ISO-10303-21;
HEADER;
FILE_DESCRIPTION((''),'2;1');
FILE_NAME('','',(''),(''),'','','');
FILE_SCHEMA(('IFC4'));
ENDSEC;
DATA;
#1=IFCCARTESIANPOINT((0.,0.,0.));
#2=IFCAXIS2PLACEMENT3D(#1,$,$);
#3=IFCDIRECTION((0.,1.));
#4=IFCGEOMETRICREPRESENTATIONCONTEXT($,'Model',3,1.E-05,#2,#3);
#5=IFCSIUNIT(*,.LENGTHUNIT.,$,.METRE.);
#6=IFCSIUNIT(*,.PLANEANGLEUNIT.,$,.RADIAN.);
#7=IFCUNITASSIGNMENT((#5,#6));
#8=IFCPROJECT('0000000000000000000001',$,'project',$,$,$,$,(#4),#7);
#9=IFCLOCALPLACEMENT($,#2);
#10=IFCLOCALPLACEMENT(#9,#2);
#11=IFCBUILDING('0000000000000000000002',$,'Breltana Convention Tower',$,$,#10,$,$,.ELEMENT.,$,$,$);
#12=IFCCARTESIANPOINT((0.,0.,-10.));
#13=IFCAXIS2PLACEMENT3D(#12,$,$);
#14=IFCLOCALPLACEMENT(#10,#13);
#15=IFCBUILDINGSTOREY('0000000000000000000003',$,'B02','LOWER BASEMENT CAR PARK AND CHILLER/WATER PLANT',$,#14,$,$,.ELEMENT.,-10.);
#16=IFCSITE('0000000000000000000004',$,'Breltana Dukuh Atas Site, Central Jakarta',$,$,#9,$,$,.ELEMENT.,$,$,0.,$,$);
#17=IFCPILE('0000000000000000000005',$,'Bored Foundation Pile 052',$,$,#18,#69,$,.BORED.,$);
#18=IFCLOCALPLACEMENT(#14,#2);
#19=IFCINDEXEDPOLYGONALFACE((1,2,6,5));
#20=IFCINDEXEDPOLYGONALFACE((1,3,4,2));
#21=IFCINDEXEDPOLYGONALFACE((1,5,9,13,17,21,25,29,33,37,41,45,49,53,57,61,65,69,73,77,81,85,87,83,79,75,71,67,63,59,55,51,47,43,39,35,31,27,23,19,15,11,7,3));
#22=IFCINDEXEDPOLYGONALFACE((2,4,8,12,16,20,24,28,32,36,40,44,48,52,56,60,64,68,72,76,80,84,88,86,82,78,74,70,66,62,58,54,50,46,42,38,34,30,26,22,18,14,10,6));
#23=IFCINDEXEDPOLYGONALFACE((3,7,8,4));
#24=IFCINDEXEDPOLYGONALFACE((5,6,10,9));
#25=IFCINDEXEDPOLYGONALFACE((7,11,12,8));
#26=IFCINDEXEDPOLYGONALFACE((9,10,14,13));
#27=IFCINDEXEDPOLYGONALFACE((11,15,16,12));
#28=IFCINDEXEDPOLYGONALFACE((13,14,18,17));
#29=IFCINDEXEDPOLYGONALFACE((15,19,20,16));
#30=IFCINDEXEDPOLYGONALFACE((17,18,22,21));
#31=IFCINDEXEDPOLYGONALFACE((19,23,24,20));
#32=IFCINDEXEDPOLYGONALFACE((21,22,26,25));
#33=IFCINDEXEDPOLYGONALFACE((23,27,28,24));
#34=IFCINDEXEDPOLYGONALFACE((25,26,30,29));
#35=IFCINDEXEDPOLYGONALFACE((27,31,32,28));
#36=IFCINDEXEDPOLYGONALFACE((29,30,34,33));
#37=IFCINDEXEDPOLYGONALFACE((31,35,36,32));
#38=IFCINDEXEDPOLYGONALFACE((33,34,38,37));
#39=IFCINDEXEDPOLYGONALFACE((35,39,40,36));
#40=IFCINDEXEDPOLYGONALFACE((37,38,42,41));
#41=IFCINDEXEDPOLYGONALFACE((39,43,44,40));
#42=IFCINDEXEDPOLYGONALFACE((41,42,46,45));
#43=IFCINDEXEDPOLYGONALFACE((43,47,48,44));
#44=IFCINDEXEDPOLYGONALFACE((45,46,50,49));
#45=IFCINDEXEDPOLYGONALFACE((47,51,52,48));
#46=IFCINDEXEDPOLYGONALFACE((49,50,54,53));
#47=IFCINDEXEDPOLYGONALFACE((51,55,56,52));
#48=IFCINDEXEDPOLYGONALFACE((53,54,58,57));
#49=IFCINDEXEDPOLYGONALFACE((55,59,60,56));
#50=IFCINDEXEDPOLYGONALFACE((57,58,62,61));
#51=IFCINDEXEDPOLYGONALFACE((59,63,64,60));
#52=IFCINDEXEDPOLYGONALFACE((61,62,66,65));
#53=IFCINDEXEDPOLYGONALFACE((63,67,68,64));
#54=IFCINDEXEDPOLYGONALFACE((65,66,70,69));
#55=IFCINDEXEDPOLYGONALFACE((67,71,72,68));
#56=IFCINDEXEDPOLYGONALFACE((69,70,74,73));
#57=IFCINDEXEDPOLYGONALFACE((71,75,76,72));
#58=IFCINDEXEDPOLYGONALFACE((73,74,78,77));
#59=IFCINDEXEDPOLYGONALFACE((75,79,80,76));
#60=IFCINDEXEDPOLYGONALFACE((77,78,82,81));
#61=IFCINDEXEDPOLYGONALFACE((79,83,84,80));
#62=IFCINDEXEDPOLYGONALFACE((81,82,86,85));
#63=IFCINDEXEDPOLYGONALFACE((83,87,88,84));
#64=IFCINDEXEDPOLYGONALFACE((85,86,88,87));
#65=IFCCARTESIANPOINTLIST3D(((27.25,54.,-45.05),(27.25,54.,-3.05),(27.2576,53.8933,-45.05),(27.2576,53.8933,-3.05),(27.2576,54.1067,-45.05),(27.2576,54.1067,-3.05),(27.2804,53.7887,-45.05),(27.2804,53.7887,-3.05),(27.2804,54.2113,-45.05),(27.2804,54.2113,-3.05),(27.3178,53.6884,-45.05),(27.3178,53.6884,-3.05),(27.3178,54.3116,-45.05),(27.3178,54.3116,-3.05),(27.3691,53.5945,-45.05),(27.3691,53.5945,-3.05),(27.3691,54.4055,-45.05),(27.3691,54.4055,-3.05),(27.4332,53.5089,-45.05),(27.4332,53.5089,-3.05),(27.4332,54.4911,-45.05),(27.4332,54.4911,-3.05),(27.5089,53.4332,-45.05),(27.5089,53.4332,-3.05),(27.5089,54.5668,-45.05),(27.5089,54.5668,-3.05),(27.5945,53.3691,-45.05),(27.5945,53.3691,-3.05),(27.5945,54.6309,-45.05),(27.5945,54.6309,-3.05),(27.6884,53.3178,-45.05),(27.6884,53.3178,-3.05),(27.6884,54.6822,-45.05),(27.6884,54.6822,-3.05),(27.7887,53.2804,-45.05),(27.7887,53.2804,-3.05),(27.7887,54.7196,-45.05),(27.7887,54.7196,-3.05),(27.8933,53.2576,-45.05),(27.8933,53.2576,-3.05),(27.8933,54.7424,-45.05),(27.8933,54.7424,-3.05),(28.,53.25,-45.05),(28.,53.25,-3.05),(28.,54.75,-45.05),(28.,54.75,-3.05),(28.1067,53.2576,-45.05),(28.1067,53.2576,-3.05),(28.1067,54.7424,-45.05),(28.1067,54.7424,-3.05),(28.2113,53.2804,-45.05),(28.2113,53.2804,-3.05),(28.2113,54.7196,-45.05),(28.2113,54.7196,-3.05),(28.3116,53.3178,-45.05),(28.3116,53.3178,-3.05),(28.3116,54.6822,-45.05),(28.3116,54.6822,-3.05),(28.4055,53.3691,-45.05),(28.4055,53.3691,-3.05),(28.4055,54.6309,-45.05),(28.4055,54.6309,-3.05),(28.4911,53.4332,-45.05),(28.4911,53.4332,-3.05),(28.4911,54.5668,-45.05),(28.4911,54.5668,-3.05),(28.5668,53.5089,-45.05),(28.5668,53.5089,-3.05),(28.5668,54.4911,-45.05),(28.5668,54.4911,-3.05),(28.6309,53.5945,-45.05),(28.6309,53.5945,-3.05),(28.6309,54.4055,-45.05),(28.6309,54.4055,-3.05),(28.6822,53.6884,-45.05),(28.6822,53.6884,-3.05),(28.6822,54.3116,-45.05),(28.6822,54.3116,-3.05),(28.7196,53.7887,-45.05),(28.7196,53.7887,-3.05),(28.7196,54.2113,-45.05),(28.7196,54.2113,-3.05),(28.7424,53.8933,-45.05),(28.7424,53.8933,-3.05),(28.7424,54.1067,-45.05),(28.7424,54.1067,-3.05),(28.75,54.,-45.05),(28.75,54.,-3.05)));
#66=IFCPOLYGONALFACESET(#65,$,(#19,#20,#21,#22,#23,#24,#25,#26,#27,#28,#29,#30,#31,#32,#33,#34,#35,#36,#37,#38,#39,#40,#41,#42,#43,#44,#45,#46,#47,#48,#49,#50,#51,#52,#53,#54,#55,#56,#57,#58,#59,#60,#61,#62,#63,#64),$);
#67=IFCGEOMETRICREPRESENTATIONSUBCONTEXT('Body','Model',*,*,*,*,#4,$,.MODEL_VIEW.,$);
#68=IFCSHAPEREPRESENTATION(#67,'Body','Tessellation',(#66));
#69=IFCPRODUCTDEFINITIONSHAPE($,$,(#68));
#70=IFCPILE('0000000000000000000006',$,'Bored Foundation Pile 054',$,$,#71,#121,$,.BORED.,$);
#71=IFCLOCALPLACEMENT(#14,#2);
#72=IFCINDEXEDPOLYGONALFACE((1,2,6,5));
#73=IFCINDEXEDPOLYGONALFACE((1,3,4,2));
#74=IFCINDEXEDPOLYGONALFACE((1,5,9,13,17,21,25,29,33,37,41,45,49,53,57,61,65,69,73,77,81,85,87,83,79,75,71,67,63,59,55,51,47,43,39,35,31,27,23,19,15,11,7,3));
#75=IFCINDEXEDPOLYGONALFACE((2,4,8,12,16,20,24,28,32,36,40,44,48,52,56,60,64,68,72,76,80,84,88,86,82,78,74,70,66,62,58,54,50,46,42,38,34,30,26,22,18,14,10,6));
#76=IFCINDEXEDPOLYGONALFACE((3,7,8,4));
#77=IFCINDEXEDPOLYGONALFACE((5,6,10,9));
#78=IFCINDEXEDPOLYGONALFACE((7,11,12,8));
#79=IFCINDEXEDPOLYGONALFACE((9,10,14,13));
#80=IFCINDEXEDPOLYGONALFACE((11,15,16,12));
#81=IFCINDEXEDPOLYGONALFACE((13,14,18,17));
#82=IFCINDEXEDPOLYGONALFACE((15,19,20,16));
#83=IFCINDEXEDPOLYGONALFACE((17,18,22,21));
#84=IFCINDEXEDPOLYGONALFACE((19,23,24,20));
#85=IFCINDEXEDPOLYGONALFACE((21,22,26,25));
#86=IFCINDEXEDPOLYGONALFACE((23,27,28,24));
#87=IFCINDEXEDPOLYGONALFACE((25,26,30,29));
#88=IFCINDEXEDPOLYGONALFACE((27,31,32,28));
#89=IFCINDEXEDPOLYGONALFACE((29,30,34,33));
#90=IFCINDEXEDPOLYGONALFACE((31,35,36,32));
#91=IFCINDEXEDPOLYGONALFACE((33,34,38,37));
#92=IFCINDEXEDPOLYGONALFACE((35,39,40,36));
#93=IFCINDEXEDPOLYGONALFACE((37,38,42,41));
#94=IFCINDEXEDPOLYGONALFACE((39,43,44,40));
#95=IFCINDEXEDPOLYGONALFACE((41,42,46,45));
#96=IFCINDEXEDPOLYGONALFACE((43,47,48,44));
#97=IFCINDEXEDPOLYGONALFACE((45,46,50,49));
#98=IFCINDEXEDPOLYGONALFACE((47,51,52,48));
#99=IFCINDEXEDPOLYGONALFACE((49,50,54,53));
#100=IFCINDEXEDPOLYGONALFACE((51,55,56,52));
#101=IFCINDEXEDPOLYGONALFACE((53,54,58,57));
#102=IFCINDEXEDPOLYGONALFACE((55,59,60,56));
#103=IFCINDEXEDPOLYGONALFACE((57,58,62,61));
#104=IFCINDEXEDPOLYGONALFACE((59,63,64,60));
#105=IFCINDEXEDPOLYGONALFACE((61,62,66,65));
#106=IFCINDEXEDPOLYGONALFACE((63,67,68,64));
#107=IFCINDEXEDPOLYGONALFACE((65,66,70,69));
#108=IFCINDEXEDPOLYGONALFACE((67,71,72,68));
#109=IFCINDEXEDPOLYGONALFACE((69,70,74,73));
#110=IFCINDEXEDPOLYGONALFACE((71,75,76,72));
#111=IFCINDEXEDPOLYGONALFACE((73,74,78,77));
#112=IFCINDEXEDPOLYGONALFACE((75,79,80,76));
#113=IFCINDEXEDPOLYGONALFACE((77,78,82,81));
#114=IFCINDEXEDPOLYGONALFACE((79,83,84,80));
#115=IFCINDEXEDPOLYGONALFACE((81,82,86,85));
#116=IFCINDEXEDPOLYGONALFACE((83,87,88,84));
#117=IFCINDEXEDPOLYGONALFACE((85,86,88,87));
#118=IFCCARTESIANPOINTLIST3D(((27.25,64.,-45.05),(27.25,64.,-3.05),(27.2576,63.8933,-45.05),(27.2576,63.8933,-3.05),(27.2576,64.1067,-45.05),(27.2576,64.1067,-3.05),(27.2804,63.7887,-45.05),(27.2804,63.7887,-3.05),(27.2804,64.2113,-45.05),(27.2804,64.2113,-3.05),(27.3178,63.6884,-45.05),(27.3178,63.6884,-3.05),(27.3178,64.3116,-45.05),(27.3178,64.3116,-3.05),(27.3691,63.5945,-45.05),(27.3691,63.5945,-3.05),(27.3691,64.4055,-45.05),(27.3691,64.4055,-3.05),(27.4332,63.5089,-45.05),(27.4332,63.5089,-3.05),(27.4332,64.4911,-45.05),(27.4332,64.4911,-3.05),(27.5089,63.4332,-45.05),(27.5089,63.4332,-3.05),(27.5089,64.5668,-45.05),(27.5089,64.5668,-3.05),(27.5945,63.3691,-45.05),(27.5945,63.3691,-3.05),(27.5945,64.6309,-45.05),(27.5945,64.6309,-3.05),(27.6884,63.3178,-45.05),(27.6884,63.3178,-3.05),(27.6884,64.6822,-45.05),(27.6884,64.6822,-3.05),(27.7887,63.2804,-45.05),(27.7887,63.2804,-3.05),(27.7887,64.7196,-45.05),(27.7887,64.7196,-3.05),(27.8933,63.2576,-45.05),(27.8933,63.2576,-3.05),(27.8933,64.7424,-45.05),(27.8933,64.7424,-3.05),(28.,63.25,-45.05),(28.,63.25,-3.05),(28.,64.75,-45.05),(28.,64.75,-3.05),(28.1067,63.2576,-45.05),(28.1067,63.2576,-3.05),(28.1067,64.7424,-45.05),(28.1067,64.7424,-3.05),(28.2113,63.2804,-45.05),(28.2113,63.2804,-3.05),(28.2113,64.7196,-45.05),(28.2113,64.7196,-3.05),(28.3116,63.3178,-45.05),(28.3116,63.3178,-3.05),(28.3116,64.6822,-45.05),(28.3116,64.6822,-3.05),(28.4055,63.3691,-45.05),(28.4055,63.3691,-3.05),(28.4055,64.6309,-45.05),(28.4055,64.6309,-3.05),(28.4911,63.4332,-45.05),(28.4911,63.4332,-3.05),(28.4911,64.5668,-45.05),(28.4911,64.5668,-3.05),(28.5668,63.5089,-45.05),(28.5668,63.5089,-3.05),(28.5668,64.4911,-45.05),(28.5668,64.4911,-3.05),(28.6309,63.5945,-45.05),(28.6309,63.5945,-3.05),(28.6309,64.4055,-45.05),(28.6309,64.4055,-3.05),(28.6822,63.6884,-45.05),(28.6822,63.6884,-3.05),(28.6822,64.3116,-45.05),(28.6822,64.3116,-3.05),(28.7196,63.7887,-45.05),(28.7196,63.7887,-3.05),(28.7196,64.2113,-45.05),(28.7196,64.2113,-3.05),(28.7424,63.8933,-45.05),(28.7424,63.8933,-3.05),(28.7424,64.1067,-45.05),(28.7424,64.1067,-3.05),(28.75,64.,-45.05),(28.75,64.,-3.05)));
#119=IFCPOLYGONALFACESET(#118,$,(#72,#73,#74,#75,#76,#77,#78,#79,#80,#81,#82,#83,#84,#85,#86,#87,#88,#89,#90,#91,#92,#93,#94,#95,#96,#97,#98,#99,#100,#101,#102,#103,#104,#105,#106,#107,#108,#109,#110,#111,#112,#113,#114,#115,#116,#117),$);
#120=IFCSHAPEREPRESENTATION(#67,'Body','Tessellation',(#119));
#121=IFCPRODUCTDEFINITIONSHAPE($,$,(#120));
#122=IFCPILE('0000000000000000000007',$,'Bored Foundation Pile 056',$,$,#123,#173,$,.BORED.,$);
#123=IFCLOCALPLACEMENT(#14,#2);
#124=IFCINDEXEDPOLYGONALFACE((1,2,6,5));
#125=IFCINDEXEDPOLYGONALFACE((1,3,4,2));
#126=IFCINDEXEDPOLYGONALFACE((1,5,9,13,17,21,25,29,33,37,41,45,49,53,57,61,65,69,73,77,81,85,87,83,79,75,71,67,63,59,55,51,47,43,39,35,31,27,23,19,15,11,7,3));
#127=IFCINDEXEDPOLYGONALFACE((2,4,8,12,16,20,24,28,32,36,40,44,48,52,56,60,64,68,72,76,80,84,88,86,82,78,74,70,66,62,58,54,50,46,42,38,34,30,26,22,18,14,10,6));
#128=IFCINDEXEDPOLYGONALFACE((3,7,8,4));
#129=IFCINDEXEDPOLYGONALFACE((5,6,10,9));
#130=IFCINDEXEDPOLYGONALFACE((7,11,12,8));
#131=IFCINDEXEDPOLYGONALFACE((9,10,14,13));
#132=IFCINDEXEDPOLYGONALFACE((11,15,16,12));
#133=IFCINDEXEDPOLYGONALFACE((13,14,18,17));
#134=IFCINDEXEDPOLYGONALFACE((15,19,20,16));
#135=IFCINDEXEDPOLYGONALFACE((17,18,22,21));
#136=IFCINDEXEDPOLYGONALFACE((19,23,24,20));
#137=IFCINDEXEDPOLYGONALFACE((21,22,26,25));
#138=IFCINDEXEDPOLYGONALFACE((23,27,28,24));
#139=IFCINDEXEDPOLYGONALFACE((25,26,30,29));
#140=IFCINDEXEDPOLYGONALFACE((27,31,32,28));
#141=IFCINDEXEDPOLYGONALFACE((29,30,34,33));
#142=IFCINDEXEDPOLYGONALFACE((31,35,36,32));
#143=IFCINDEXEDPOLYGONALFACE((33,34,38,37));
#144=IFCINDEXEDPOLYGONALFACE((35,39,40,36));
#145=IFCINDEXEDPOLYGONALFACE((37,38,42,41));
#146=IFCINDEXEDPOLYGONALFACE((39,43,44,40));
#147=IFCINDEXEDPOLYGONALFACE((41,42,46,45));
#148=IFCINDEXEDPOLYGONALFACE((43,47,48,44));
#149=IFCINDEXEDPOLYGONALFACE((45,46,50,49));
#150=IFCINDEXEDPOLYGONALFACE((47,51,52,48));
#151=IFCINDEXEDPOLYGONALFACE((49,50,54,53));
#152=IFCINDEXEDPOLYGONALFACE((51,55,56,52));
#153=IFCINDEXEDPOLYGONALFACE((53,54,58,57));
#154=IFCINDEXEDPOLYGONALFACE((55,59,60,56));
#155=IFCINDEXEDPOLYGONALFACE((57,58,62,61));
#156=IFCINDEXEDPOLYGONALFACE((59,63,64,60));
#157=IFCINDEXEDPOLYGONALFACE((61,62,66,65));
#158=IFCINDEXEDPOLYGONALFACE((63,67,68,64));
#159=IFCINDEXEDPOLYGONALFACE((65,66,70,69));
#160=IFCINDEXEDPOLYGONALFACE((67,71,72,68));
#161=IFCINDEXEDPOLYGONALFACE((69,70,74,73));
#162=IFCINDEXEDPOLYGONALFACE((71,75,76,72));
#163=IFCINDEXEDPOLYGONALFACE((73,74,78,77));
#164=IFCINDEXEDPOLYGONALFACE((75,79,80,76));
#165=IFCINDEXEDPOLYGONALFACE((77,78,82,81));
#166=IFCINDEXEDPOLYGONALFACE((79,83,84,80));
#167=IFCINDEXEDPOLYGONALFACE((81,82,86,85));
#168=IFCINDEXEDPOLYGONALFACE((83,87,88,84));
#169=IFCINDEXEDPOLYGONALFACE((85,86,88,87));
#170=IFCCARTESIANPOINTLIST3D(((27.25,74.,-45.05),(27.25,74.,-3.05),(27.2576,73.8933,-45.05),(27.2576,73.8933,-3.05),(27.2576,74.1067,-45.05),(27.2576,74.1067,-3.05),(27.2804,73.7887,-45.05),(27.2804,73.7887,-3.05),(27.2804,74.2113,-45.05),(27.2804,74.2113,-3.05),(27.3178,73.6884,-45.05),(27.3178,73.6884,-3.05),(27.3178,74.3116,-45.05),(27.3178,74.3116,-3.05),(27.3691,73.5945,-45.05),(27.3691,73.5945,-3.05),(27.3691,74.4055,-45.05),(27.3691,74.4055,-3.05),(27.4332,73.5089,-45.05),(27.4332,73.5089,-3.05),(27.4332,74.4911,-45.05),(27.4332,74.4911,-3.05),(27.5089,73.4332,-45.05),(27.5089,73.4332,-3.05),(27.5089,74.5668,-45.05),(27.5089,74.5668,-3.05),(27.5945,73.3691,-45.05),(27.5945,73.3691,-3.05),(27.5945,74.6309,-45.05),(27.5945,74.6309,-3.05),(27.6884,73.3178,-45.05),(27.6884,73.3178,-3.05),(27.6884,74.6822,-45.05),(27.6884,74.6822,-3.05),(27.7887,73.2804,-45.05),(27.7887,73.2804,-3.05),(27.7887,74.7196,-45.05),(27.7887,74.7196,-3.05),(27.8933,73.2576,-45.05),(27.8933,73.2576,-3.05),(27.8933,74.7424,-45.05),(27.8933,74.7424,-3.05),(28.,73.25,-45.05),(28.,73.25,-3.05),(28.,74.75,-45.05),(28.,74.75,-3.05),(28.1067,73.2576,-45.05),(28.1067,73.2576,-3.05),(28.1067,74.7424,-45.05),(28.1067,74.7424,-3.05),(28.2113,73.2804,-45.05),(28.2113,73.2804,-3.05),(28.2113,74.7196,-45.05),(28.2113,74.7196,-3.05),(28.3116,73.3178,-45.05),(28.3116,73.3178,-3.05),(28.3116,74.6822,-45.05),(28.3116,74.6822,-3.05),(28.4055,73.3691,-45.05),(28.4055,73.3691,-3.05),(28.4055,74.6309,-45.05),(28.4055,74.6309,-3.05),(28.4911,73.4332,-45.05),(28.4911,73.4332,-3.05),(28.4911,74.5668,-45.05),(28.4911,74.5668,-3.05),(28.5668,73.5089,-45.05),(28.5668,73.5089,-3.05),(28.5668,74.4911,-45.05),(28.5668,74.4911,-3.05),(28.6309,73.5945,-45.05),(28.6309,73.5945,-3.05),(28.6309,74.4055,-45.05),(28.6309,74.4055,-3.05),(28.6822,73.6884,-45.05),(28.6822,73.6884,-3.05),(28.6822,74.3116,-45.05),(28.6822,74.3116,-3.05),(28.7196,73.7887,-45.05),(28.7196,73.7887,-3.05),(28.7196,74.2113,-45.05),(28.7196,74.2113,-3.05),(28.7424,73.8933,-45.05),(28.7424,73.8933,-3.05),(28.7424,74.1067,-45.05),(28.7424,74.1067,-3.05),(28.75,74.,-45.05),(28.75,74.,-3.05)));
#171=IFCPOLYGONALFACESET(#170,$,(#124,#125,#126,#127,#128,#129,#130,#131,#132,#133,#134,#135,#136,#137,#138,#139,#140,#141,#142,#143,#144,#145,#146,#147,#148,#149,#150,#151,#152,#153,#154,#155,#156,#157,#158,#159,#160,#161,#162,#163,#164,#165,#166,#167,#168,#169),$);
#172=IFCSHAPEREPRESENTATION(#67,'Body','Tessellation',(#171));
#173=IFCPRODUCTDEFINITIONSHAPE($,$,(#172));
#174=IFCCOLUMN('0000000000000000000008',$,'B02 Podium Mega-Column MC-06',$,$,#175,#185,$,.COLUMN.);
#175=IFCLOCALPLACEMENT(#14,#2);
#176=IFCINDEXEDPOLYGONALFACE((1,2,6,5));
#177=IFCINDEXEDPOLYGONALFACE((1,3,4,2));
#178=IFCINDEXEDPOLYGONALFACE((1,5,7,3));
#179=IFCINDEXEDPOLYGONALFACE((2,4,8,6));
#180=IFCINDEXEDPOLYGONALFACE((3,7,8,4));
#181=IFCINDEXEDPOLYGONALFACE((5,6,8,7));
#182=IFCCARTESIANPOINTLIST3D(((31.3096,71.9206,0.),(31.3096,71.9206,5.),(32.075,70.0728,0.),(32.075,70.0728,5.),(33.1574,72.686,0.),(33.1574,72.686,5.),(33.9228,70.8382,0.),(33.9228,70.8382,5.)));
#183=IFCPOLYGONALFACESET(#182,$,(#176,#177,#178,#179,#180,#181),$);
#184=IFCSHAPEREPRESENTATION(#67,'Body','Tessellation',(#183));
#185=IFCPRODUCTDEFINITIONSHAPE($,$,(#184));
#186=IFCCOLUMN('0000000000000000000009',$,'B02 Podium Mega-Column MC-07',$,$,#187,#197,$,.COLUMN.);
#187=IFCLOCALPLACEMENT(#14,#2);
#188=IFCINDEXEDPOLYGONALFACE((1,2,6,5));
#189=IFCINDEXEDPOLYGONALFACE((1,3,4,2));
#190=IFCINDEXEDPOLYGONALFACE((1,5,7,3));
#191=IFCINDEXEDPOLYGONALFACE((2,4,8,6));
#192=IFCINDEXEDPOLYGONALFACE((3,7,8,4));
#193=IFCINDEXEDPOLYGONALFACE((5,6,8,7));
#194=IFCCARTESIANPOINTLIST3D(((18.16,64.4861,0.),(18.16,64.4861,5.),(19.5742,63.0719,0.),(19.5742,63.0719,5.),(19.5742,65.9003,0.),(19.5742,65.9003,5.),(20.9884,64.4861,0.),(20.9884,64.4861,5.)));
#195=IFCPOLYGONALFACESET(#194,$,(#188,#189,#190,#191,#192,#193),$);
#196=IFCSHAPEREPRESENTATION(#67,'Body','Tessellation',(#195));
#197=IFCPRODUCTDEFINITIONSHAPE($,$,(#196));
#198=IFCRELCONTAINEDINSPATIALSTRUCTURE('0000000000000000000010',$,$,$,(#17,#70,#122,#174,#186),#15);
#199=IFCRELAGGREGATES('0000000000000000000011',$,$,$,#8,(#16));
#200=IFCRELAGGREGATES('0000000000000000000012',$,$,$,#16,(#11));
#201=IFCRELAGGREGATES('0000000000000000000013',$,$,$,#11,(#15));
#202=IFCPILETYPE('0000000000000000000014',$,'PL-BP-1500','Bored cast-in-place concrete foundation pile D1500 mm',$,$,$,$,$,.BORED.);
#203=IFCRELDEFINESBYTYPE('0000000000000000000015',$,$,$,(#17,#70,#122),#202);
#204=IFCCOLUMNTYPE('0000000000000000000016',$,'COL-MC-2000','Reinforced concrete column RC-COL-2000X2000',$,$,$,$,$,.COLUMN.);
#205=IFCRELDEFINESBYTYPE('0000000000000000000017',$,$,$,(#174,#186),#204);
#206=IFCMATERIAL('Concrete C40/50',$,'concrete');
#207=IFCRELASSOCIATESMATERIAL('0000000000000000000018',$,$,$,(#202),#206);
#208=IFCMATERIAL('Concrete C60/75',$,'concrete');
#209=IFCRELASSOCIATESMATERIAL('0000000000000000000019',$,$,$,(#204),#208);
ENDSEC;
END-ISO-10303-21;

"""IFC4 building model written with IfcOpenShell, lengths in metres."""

from ifc_helpers import new_model, si_unit, direction, frame, origin, origin_2d, place, context, subcontext, project, spatial, rectangle, circle, extrude, source, transform, mapped, material, material_profile, profile_set, type_object, type_shapes, element, save


model = new_model("IFC4")

# Units and contexts
model_context = context("Model", 3, precision=1e-05, world=origin(), true_north=direction((0.0, 1.0)))
body_context = subcontext(model_context, "Body", "Model", "MODEL_VIEW")
ifc_project = project(units=[si_unit("LENGTHUNIT", "METRE"), si_unit("PLANEANGLEUNIT", "RADIAN")], contexts=[model_context])

# Site, building, storey
site_placement = place(None, origin())
site = spatial("IfcSite", under=ifc_project, at=site_placement, Name="Breltana Dukuh Atas Site, Central Jakarta", CompositionType="ELEMENT", RefElevation=0.0)
building_placement = place(site_placement, origin())
building = spatial("IfcBuilding", under=site, at=building_placement, Name="Breltana Convention Tower", CompositionType="ELEMENT")
storey_placement = place(building_placement, frame((0.0, 0.0, -10.0)))
storey = spatial("IfcBuildingStorey", under=building, at=storey_placement, Name="B02", Description="LOWER BASEMENT CAR PARK AND CHILLER/WATER PLANT", CompositionType="ELEMENT", Elevation=-10.0)

# Piles
ifc_material_1 = material(Name="Concrete C40/50", Category="concrete")
ifc_material_profile_1 = material_profile(ifc_material_1, circle(Radius=0.75, at=origin_2d()), Name="BP-D1500")
ifc_profile_set_1 = profile_set([ifc_material_profile_1], Name="Concrete C40/50")
pile_type_1 = type_object("IfcPileType", Name="PL-BP-1500", Description="Bored cast-in-place concrete foundation pile D1500 mm", PredefinedType="BORED", material=ifc_profile_set_1)
shared_shape_1 = source(origin(), body_context, "Body", "SweptSolid", [
    extrude(circle(Radius=0.75, at=origin_2d()), origin(), (0.0, 0.0, 1.0), 42.0),
])
type_shapes(pile_type_1, [shared_shape_1])
for number, where, z_axis, x_axis, name in (
    (1, (28.0, 54.0, -3.05), (0.0, 0.0, -1.0), (1.0, 0.0, 0.0), "Bored Foundation Pile 052"),
    (2, (28.0, 64.0, -3.05), (0.0, 0.0, -1.0), (1.0, 0.0, 0.0), "Bored Foundation Pile 054"),
    (3, (28.0, 74.0, -3.05), (0.0, 0.0, -1.0), (1.0, 0.0, 0.0), "Bored Foundation Pile 056"),
):
    element("IfcPile", number, at=place(storey_placement, frame(where, z_axis=z_axis, x_axis=x_axis)), inside=storey, type_object=pile_type_1, Name=name, PredefinedType="BORED", context=body_context, shape_type="MappedRepresentation", body=[
        mapped(shared_shape_1, transform((0.0, 0.0, 0.0), scale=1.0)),
    ])

# Columns
ifc_material_2 = material(Name="Concrete C60/75", Category="concrete")
ifc_material_profile_2 = material_profile(ifc_material_2, rectangle(XDim=2.0, YDim=2.0, at=origin_2d()), Name="RC-COL-2000X2000")
ifc_profile_set_2 = profile_set([ifc_material_profile_2], Name="Concrete C60/75")
column_type_1 = type_object("IfcColumnType", Name="COL-MC-2000", Description="Reinforced concrete column RC-COL-2000X2000", PredefinedType="COLUMN", material=ifc_profile_set_2)
shared_shape_2 = source(origin(), body_context, "Body", "SweptSolid", [
    extrude(rectangle(XDim=2.0, YDim=2.0, at=origin_2d()), origin(), (0.0, 0.0, 1.0), 5.0),
])
type_shapes(column_type_1, [shared_shape_2])
for number, where, z_axis, x_axis, name in (
    (4, (32.6162, 71.3794, 0.0), (0.0, 0.0, 1.0), (-0.382683, 0.92388, 0.0), "B02 Podium Mega-Column MC-06"),
    (5, (19.5742, 64.4861, 0.0), (0.0, 0.0, 1.0), (-0.707107, 0.707107, 0.0), "B02 Podium Mega-Column MC-07"),
):
    element("IfcColumn", number, at=place(storey_placement, frame(where, z_axis=z_axis, x_axis=x_axis)), inside=storey, type_object=column_type_1, Name=name, PredefinedType="COLUMN", context=body_context, shape_type="MappedRepresentation", body=[
        mapped(shared_shape_2, transform((0.0, 0.0, 0.0), scale=1.0)),
    ])

save(model, "model.ifc")
